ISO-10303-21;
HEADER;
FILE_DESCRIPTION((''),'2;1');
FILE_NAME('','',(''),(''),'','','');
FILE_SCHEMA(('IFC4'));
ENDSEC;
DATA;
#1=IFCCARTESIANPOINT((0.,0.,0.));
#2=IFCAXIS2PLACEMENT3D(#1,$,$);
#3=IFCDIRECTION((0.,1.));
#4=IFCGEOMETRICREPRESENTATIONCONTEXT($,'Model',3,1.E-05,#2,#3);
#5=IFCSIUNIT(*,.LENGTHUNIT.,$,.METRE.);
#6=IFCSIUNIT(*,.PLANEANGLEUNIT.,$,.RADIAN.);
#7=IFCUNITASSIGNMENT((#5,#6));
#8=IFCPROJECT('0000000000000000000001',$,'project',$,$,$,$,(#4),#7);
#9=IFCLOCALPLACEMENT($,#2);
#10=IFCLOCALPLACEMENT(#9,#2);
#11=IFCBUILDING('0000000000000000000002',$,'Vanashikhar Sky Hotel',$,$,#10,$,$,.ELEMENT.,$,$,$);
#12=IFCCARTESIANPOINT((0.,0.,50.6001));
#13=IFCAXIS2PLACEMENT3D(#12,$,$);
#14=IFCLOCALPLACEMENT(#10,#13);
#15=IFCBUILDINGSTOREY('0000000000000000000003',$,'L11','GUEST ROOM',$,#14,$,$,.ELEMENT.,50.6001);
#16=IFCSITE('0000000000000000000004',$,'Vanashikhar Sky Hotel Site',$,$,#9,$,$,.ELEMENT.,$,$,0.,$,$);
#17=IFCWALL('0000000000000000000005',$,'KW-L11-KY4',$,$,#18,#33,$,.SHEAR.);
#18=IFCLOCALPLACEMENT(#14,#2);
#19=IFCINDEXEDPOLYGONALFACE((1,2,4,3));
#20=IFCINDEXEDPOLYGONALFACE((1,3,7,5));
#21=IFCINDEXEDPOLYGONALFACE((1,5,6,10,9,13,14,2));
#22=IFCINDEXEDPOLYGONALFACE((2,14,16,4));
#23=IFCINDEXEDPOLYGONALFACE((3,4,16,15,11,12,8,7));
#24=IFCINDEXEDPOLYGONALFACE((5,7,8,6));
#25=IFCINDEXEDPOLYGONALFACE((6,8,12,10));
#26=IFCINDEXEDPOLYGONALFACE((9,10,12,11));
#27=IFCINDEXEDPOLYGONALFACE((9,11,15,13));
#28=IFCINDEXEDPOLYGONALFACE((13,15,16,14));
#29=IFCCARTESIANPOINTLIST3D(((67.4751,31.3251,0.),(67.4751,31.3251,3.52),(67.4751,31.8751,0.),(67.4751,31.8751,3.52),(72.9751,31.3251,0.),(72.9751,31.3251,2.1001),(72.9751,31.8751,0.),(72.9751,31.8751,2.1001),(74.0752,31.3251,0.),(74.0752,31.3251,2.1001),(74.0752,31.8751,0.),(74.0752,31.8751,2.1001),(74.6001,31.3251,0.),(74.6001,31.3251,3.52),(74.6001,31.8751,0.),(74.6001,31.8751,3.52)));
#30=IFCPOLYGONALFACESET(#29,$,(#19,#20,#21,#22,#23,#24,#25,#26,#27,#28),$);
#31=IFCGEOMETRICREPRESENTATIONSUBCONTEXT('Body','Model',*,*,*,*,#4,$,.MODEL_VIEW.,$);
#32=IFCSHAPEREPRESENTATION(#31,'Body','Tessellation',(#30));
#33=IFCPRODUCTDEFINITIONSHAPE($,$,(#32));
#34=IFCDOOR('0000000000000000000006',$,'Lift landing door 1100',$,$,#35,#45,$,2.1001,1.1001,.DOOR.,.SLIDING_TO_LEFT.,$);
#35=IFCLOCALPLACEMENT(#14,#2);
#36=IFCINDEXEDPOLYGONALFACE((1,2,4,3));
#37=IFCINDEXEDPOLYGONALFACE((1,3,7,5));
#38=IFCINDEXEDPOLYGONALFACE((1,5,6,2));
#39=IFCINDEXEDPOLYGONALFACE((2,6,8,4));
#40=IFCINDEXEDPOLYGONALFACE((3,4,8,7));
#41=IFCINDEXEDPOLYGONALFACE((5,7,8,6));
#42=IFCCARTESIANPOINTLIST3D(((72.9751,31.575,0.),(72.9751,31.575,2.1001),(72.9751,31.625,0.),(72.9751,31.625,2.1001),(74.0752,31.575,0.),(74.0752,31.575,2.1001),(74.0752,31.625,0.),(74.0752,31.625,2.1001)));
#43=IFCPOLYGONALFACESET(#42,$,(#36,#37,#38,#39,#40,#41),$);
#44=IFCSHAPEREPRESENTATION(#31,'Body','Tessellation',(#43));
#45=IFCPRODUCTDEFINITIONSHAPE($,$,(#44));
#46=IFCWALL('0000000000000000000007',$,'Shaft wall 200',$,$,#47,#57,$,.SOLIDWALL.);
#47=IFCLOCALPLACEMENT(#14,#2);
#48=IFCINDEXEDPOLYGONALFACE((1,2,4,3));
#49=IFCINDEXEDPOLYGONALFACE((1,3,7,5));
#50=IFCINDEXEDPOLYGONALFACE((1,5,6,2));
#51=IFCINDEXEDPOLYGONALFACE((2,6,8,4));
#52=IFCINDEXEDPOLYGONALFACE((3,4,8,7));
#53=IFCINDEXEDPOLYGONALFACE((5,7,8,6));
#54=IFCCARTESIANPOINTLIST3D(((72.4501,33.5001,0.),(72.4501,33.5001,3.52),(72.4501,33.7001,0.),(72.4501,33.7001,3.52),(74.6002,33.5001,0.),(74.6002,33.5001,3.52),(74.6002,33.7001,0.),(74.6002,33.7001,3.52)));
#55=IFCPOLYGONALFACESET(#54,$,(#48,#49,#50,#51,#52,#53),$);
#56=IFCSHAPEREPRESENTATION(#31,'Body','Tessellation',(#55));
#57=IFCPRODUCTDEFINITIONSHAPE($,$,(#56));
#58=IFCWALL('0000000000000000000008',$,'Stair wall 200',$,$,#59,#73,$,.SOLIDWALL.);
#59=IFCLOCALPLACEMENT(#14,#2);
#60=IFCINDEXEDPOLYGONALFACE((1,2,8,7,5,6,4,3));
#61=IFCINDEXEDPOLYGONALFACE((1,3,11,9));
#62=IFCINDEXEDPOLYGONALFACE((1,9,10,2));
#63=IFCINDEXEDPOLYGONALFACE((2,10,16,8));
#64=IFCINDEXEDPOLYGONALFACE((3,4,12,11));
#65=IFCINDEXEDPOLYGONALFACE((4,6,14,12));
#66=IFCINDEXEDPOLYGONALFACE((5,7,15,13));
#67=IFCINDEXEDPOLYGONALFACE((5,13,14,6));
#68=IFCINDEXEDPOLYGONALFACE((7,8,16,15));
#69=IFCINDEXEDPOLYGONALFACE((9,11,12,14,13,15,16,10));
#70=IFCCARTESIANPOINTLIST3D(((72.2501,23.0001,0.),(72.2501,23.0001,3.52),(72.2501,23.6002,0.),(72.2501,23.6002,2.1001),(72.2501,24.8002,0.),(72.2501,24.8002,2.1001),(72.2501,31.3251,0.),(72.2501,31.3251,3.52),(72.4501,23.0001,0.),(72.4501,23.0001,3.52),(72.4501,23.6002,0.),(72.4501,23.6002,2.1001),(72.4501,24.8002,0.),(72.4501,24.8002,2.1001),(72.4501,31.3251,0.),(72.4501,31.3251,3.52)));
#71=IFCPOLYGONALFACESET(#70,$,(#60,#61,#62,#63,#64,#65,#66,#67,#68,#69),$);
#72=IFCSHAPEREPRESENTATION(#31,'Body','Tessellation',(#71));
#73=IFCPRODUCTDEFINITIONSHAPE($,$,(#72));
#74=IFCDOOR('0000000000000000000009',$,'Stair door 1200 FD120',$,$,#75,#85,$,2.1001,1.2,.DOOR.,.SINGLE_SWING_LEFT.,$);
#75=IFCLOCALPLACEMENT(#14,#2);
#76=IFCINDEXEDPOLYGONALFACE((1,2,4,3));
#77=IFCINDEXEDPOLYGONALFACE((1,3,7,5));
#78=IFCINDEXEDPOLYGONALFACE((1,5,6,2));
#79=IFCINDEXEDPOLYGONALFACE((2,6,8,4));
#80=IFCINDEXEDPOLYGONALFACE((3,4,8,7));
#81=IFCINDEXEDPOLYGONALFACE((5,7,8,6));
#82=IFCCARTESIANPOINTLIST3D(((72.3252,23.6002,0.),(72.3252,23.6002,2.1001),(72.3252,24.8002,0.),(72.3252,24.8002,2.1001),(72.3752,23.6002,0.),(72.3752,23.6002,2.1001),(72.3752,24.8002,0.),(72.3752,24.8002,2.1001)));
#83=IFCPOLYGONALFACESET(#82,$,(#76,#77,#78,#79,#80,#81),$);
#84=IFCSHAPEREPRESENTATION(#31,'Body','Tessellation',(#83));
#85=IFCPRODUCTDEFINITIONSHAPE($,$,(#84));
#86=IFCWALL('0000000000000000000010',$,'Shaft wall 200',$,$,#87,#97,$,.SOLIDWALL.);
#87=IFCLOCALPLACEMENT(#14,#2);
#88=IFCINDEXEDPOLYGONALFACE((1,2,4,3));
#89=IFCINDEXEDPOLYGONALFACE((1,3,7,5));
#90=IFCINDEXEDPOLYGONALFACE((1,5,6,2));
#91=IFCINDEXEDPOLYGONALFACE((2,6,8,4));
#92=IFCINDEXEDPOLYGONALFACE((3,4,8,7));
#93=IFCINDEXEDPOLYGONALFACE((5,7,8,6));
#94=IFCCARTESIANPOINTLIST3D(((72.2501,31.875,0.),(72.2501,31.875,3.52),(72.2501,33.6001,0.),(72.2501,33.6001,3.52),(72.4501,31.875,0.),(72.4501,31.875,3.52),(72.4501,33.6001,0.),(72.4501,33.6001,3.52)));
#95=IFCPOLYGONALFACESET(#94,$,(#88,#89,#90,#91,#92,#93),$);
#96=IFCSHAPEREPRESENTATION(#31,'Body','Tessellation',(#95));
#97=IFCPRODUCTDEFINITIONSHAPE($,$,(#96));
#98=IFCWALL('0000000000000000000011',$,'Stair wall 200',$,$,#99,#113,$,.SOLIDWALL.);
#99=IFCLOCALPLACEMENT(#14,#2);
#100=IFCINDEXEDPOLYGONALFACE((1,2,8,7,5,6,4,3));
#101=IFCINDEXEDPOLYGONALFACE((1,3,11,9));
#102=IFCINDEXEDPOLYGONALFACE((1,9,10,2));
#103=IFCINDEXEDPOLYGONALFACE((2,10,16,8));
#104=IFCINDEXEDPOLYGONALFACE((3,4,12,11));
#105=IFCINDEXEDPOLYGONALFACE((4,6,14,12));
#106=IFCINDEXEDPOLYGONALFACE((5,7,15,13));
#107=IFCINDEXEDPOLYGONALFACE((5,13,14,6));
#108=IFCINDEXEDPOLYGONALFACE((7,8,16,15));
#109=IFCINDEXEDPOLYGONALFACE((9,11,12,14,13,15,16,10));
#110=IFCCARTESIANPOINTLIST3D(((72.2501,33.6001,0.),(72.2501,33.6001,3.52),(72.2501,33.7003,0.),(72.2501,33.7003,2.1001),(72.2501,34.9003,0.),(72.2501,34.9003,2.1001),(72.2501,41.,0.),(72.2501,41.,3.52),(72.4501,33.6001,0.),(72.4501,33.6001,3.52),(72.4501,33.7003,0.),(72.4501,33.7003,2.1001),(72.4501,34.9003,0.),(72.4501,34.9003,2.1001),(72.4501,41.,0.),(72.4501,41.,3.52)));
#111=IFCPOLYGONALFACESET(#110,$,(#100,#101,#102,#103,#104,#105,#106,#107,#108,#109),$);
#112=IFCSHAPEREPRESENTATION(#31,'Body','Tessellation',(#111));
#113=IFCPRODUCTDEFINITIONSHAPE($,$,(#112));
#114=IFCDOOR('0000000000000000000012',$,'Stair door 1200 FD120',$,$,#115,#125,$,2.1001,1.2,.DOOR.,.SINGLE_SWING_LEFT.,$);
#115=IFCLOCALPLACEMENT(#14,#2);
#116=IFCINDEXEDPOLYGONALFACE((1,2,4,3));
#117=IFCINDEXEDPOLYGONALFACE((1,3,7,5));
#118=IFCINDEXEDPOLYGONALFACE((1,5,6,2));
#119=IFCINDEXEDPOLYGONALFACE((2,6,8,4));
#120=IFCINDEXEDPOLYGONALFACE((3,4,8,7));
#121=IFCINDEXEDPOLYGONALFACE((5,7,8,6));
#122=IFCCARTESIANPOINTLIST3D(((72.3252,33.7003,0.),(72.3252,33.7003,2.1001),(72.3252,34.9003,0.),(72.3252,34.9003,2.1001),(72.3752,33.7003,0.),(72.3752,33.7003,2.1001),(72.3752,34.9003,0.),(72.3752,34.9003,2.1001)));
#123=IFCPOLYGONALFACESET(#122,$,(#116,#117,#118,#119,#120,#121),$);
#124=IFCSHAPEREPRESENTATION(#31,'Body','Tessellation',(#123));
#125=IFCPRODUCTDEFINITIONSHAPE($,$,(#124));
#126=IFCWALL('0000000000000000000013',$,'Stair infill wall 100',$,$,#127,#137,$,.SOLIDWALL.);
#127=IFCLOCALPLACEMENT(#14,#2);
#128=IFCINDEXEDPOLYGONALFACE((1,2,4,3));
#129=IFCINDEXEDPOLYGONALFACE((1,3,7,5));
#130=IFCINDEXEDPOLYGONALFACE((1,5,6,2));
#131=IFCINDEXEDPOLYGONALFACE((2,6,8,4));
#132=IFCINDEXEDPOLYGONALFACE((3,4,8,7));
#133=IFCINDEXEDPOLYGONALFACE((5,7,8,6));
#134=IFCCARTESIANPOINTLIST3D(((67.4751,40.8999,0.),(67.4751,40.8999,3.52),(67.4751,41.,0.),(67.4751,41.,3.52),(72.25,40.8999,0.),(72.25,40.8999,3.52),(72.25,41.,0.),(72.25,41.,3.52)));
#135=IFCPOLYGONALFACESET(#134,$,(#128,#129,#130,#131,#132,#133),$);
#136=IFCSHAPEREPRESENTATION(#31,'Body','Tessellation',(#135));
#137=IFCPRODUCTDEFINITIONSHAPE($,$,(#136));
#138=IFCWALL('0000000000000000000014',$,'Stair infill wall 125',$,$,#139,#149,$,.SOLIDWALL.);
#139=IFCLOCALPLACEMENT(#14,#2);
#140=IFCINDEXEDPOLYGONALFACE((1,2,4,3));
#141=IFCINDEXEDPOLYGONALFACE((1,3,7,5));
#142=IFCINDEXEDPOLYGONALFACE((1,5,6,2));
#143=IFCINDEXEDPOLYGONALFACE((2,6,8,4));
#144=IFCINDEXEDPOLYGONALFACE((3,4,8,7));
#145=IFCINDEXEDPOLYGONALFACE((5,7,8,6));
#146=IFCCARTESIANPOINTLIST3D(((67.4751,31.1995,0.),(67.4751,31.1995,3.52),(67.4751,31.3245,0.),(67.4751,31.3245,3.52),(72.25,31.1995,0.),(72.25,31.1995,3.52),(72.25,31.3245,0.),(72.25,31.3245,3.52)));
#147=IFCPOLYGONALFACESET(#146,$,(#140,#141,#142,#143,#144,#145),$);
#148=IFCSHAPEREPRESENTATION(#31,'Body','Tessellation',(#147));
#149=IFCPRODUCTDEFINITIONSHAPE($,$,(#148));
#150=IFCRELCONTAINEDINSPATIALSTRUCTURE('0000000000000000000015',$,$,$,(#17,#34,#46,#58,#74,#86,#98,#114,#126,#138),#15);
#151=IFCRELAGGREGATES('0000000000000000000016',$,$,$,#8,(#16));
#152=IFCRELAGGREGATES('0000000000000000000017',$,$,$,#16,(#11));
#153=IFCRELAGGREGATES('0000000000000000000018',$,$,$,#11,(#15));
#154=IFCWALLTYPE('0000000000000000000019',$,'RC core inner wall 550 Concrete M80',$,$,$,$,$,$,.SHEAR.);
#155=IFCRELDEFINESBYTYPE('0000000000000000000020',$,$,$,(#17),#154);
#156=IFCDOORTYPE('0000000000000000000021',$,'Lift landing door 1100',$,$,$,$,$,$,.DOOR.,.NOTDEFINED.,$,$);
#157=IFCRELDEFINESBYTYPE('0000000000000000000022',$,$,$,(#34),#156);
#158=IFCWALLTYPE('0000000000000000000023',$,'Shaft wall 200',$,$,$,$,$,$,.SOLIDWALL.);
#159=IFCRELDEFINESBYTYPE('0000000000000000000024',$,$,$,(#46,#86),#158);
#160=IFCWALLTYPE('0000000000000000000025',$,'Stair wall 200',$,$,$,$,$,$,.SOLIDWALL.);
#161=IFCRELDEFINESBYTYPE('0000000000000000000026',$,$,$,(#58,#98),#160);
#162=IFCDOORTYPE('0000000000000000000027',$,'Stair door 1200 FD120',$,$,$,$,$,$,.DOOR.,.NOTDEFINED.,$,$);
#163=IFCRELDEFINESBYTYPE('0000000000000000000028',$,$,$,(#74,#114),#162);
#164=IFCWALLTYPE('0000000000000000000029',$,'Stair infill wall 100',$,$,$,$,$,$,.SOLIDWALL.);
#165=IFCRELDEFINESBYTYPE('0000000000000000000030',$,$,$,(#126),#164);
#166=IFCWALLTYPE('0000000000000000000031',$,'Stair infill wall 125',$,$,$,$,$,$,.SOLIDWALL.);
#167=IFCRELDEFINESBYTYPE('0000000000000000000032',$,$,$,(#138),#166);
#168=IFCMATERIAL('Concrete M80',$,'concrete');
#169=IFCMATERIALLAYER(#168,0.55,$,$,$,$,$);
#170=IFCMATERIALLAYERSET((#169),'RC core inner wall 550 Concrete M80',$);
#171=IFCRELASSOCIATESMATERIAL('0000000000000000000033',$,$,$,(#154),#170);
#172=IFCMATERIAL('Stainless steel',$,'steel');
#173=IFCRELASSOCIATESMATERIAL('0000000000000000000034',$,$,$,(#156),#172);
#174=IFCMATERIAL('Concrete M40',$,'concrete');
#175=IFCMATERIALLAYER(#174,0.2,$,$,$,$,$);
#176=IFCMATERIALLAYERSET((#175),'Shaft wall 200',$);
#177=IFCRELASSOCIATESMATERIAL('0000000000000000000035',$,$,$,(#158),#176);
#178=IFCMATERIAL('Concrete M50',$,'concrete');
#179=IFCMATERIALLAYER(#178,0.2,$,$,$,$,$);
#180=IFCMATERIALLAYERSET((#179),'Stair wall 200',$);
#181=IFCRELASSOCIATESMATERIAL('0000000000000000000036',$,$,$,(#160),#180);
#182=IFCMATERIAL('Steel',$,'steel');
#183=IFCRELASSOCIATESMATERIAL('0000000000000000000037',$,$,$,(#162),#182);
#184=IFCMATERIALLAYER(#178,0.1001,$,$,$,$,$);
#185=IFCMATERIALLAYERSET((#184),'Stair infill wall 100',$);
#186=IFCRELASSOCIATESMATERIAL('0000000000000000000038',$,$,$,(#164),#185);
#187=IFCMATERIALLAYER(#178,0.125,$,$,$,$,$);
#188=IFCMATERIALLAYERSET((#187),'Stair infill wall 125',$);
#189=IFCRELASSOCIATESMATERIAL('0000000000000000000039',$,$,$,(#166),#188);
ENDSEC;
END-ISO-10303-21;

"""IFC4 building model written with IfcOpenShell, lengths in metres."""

from ifc_helpers import new_model, si_unit, direction, frame, frame_2d, origin, place, context, subcontext, project, spatial, rectangle, extrude, source, transform, mapped, material, layer, layer_set, type_object, element, fill, save


model = new_model("IFC4")

# Units and contexts
model_context = context("Model", 3, precision=1e-05, world=origin(), true_north=direction((0.0, 1.0)))
body_context = subcontext(model_context, "Body", "Model", "MODEL_VIEW")
ifc_project = project(units=[si_unit("LENGTHUNIT", "METRE"), si_unit("PLANEANGLEUNIT", "RADIAN")], contexts=[model_context])

# Site, building, storey
site_placement = place(None, origin())
site = spatial("IfcSite", under=ifc_project, at=site_placement, Name="Vanashikhar Sky Hotel Site", CompositionType="ELEMENT", RefElevation=0.0)
building_placement = place(site_placement, origin())
building = spatial("IfcBuilding", under=site, at=building_placement, Name="Vanashikhar Sky Hotel", CompositionType="ELEMENT")
storey_placement = place(building_placement, frame((0.0, 0.0, 50.6001)))
storey = spatial("IfcBuildingStorey", under=building, at=storey_placement, Name="L11", Description="GUEST ROOM", CompositionType="ELEMENT", Elevation=50.6001)

# Wall, opening, door
ifc_material_1 = material(Name="Concrete M80", Category="concrete")
ifc_layer_1 = layer(ifc_material_1, 0.55)
ifc_layer_set_1 = layer_set([ifc_layer_1], Name="RC core inner wall 550 Concrete M80")
wall_type_1 = type_object("IfcWallType", Name="RC core inner wall 550 Concrete M80", PredefinedType="SHEAR", material=ifc_layer_set_1)
shared_shape_1 = source(origin(), body_context, "Body", "SweptSolid", [
    extrude(rectangle(XDim=7.125, YDim=0.55, at=frame_2d((3.5625, 0.0))), origin(), (0.0, 0.0, 1.0), 3.52),
])
wall_1_placement = place(storey_placement, frame((67.4751, 31.6001, 0.0), z_axis=(0.0, 0.0, 1.0), x_axis=(1.0, 0.0, 0.0)))
wall_1 = element("IfcWall", 1, at=wall_1_placement, inside=storey, type_object=wall_type_1, Name="KW-L11-KY4", PredefinedType="SHEAR", context=body_context, shape_type="MappedRepresentation", body=[
    mapped(shared_shape_1, transform((0.0, 0.0, 0.0), scale=1.0)),
])
shared_shape_2 = source(origin(), body_context, "Body", "SweptSolid", [
    extrude(rectangle(XDim=1.1001, YDim=2.1001, at=frame_2d((0.55, 1.05))), frame((0.0, 0.2852, 0.0), z_axis=(0.0, -1.0, 0.0), x_axis=(1.0, 0.0, 0.0)), (0.0, 0.0, 1.0), 0.5701),
])
opening_1_placement = place(wall_1_placement, frame((5.5, 0.0, 0.0)))
opening_1 = element("IfcOpeningElement", 2, at=opening_1_placement, cuts=wall_1, PredefinedType="OPENING", context=body_context, shape_type="MappedRepresentation", body=[
    mapped(shared_shape_2, transform((0.0, 0.0, 0.0), scale=1.0)),
])
ifc_material_2 = material(Name="Stainless steel", Category="steel")
door_type_1 = type_object("IfcDoorType", Name="Lift landing door 1100", OperationType="NOTDEFINED", PredefinedType="DOOR", material=ifc_material_2)
shared_shape_3 = source(origin(), body_context, "Body", "SweptSolid", [
    extrude(rectangle(XDim=1.1001, YDim=2.1001, at=frame_2d((0.55, 1.05))), frame((0.0, 0.0249, 0.0), z_axis=(0.0, -1.0, 0.0), x_axis=(1.0, 0.0, 0.0)), (0.0, 0.0, 1.0), 0.05),
])
door_1_placement = place(opening_1_placement, origin())
door_1 = element("IfcDoor", 3, at=door_1_placement, inside=storey, type_object=door_type_1, Name="Lift landing door 1100", OperationType="SLIDING_TO_LEFT", OverallHeight=2.1001, OverallWidth=1.1001, PredefinedType="DOOR", context=body_context, shape_type="MappedRepresentation", body=[
    mapped(shared_shape_3, transform((0.0, 0.0, 0.0), scale=1.0)),
])
fill(opening_1, door_1)

# Wall
ifc_material_3 = material(Name="Concrete M40", Category="concrete")
ifc_layer_2 = layer(ifc_material_3, 0.2)
ifc_layer_set_2 = layer_set([ifc_layer_2], Name="Shaft wall 200")
wall_type_2 = type_object("IfcWallType", Name="Shaft wall 200", PredefinedType="SOLIDWALL", material=ifc_layer_set_2)
shared_shape_4 = source(origin(), body_context, "Body", "SweptSolid", [
    extrude(rectangle(XDim=2.1501, YDim=0.2, at=frame_2d((1.0752, 0.0))), origin(), (0.0, 0.0, 1.0), 3.52),
])
wall_2_placement = place(storey_placement, frame((72.45, 33.6001, 0.0), z_axis=(0.0, 0.0, 1.0), x_axis=(1.0, 0.0, 0.0)))
element("IfcWall", 4, at=wall_2_placement, inside=storey, type_object=wall_type_2, Name="Shaft wall 200", PredefinedType="SOLIDWALL", context=body_context, shape_type="MappedRepresentation", body=[
    mapped(shared_shape_4, transform((0.0, 0.0, 0.0), scale=1.0)),
])

# Wall, opening, door
ifc_material_4 = material(Name="Concrete M50", Category="concrete")
ifc_layer_3 = layer(ifc_material_4, 0.2)
ifc_layer_set_3 = layer_set([ifc_layer_3], Name="Stair wall 200")
wall_type_3 = type_object("IfcWallType", Name="Stair wall 200", PredefinedType="SOLIDWALL", material=ifc_layer_set_3)
shared_shape_5 = source(origin(), body_context, "Body", "SweptSolid", [
    extrude(rectangle(XDim=8.325, YDim=0.2, at=frame_2d((4.1626, 0.0))), origin(), (0.0, 0.0, 1.0), 3.52),
])
wall_3_placement = place(storey_placement, frame((72.3501, 23.0, 0.0), z_axis=(0.0, 0.0, 1.0), x_axis=(0.0, 1.0, 0.0)))
wall_3 = element("IfcWall", 5, at=wall_3_placement, inside=storey, type_object=wall_type_3, Name="Stair wall 200", PredefinedType="SOLIDWALL", context=body_context, shape_type="MappedRepresentation", body=[
    mapped(shared_shape_5, transform((0.0, 0.0, 0.0), scale=1.0)),
])
shared_shape_6 = source(origin(), body_context, "Body", "SweptSolid", [
    extrude(rectangle(XDim=1.2, YDim=2.1001, at=frame_2d((0.6001, 1.05))), frame((0.0, 0.1099, 0.0), z_axis=(0.0, -1.0, 0.0), x_axis=(1.0, 0.0, 0.0)), (0.0, 0.0, 1.0), 0.22),
])
opening_2_placement = place(wall_3_placement, frame((0.6001, 0.0, 0.0)))
opening_2 = element("IfcOpeningElement", 6, at=opening_2_placement, cuts=wall_3, PredefinedType="OPENING", context=body_context, shape_type="MappedRepresentation", body=[
    mapped(shared_shape_6, transform((0.0, 0.0, 0.0), scale=1.0)),
])
ifc_material_5 = material(Name="Steel", Category="steel")
door_type_2 = type_object("IfcDoorType", Name="Stair door 1200 FD120", OperationType="NOTDEFINED", PredefinedType="DOOR", material=ifc_material_5)
shared_shape_7 = source(origin(), body_context, "Body", "SweptSolid", [
    extrude(rectangle(XDim=1.2, YDim=2.1001, at=frame_2d((0.6001, 1.05))), frame((0.0, 0.0249, 0.0), z_axis=(0.0, -1.0, 0.0), x_axis=(1.0, 0.0, 0.0)), (0.0, 0.0, 1.0), 0.05),
])
door_2_placement = place(opening_2_placement, origin())
door_2 = element("IfcDoor", 7, at=door_2_placement, inside=storey, type_object=door_type_2, Name="Stair door 1200 FD120", OperationType="SINGLE_SWING_LEFT", OverallHeight=2.1001, OverallWidth=1.2, PredefinedType="DOOR", context=body_context, shape_type="MappedRepresentation", body=[
    mapped(shared_shape_7, transform((0.0, 0.0, 0.0), scale=1.0)),
])
fill(opening_2, door_2)

# Wall
shared_shape_8 = source(origin(), body_context, "Body", "SweptSolid", [
    extrude(rectangle(XDim=1.7251, YDim=0.2, at=frame_2d((0.8625, 0.0))), origin(), (0.0, 0.0, 1.0), 3.52),
])
wall_4_placement = place(storey_placement, frame((72.3501, 31.875, 0.0), z_axis=(0.0, 0.0, 1.0), x_axis=(0.0, 1.0, 0.0)))
element("IfcWall", 8, at=wall_4_placement, inside=storey, type_object=wall_type_2, Name="Shaft wall 200", PredefinedType="SOLIDWALL", context=body_context, shape_type="MappedRepresentation", body=[
    mapped(shared_shape_8, transform((0.0, 0.0, 0.0), scale=1.0)),
])

# Wall, opening, door
shared_shape_9 = source(origin(), body_context, "Body", "SweptSolid", [
    extrude(rectangle(XDim=7.3999, YDim=0.2, at=frame_2d((3.7, 0.0))), origin(), (0.0, 0.0, 1.0), 3.52),
])
wall_5_placement = place(storey_placement, frame((72.3501, 33.6001, 0.0), z_axis=(0.0, 0.0, 1.0), x_axis=(0.0, 1.0, 0.0)))
wall_5 = element("IfcWall", 9, at=wall_5_placement, inside=storey, type_object=wall_type_3, Name="Stair wall 200", PredefinedType="SOLIDWALL", context=body_context, shape_type="MappedRepresentation", body=[
    mapped(shared_shape_9, transform((0.0, 0.0, 0.0), scale=1.0)),
])
opening_3_placement = place(wall_5_placement, frame((0.1001, 0.0, 0.0)))
opening_3 = element("IfcOpeningElement", 10, at=opening_3_placement, cuts=wall_5, PredefinedType="OPENING", context=body_context, shape_type="MappedRepresentation", body=[
    mapped(shared_shape_6, transform((0.0, 0.0, 0.0), scale=1.0)),
])
door_3_placement = place(opening_3_placement, origin())
door_3 = element("IfcDoor", 11, at=door_3_placement, inside=storey, type_object=door_type_2, Name="Stair door 1200 FD120", OperationType="SINGLE_SWING_LEFT", OverallHeight=2.1001, OverallWidth=1.2, PredefinedType="DOOR", context=body_context, shape_type="MappedRepresentation", body=[
    mapped(shared_shape_7, transform((0.0, 0.0, 0.0), scale=1.0)),
])
fill(opening_3, door_3)

# Walls
ifc_layer_4 = layer(ifc_material_4, 0.1001)
ifc_layer_set_4 = layer_set([ifc_layer_4], Name="Stair infill wall 100")
wall_type_4 = type_object("IfcWallType", Name="Stair infill wall 100", PredefinedType="SOLIDWALL", material=ifc_layer_set_4)
shared_shape_10 = source(origin(), body_context, "Body", "SweptSolid", [
    extrude(rectangle(XDim=4.7749, YDim=0.1001, at=frame_2d((2.3875, 0.0))), origin(), (0.0, 0.0, 1.0), 3.52),
])
wall_6_placement = place(storey_placement, frame((67.4751, 40.95, 0.0), z_axis=(0.0, 0.0, 1.0), x_axis=(1.0, 0.0, 0.0)))
element("IfcWall", 12, at=wall_6_placement, inside=storey, type_object=wall_type_4, Name="Stair infill wall 100", PredefinedType="SOLIDWALL", context=body_context, shape_type="MappedRepresentation", body=[
    mapped(shared_shape_10, transform((0.0, 0.0, 0.0), scale=1.0)),
])
ifc_layer_5 = layer(ifc_material_4, 0.125)
ifc_layer_set_5 = layer_set([ifc_layer_5], Name="Stair infill wall 125")
wall_type_5 = type_object("IfcWallType", Name="Stair infill wall 125", PredefinedType="SOLIDWALL", material=ifc_layer_set_5)
shared_shape_11 = source(origin(), body_context, "Body", "SweptSolid", [
    extrude(rectangle(XDim=4.7749, YDim=0.125, at=frame_2d((2.3875, 0.0))), origin(), (0.0, 0.0, 1.0), 3.52),
])
wall_7_placement = place(storey_placement, frame((67.4751, 31.262, 0.0), z_axis=(0.0, 0.0, 1.0), x_axis=(1.0, 0.0, 0.0)))
element("IfcWall", 13, at=wall_7_placement, inside=storey, type_object=wall_type_5, Name="Stair infill wall 125", PredefinedType="SOLIDWALL", context=body_context, shape_type="MappedRepresentation", body=[
    mapped(shared_shape_11, transform((0.0, 0.0, 0.0), scale=1.0)),
])

save(model, "model.ifc")
